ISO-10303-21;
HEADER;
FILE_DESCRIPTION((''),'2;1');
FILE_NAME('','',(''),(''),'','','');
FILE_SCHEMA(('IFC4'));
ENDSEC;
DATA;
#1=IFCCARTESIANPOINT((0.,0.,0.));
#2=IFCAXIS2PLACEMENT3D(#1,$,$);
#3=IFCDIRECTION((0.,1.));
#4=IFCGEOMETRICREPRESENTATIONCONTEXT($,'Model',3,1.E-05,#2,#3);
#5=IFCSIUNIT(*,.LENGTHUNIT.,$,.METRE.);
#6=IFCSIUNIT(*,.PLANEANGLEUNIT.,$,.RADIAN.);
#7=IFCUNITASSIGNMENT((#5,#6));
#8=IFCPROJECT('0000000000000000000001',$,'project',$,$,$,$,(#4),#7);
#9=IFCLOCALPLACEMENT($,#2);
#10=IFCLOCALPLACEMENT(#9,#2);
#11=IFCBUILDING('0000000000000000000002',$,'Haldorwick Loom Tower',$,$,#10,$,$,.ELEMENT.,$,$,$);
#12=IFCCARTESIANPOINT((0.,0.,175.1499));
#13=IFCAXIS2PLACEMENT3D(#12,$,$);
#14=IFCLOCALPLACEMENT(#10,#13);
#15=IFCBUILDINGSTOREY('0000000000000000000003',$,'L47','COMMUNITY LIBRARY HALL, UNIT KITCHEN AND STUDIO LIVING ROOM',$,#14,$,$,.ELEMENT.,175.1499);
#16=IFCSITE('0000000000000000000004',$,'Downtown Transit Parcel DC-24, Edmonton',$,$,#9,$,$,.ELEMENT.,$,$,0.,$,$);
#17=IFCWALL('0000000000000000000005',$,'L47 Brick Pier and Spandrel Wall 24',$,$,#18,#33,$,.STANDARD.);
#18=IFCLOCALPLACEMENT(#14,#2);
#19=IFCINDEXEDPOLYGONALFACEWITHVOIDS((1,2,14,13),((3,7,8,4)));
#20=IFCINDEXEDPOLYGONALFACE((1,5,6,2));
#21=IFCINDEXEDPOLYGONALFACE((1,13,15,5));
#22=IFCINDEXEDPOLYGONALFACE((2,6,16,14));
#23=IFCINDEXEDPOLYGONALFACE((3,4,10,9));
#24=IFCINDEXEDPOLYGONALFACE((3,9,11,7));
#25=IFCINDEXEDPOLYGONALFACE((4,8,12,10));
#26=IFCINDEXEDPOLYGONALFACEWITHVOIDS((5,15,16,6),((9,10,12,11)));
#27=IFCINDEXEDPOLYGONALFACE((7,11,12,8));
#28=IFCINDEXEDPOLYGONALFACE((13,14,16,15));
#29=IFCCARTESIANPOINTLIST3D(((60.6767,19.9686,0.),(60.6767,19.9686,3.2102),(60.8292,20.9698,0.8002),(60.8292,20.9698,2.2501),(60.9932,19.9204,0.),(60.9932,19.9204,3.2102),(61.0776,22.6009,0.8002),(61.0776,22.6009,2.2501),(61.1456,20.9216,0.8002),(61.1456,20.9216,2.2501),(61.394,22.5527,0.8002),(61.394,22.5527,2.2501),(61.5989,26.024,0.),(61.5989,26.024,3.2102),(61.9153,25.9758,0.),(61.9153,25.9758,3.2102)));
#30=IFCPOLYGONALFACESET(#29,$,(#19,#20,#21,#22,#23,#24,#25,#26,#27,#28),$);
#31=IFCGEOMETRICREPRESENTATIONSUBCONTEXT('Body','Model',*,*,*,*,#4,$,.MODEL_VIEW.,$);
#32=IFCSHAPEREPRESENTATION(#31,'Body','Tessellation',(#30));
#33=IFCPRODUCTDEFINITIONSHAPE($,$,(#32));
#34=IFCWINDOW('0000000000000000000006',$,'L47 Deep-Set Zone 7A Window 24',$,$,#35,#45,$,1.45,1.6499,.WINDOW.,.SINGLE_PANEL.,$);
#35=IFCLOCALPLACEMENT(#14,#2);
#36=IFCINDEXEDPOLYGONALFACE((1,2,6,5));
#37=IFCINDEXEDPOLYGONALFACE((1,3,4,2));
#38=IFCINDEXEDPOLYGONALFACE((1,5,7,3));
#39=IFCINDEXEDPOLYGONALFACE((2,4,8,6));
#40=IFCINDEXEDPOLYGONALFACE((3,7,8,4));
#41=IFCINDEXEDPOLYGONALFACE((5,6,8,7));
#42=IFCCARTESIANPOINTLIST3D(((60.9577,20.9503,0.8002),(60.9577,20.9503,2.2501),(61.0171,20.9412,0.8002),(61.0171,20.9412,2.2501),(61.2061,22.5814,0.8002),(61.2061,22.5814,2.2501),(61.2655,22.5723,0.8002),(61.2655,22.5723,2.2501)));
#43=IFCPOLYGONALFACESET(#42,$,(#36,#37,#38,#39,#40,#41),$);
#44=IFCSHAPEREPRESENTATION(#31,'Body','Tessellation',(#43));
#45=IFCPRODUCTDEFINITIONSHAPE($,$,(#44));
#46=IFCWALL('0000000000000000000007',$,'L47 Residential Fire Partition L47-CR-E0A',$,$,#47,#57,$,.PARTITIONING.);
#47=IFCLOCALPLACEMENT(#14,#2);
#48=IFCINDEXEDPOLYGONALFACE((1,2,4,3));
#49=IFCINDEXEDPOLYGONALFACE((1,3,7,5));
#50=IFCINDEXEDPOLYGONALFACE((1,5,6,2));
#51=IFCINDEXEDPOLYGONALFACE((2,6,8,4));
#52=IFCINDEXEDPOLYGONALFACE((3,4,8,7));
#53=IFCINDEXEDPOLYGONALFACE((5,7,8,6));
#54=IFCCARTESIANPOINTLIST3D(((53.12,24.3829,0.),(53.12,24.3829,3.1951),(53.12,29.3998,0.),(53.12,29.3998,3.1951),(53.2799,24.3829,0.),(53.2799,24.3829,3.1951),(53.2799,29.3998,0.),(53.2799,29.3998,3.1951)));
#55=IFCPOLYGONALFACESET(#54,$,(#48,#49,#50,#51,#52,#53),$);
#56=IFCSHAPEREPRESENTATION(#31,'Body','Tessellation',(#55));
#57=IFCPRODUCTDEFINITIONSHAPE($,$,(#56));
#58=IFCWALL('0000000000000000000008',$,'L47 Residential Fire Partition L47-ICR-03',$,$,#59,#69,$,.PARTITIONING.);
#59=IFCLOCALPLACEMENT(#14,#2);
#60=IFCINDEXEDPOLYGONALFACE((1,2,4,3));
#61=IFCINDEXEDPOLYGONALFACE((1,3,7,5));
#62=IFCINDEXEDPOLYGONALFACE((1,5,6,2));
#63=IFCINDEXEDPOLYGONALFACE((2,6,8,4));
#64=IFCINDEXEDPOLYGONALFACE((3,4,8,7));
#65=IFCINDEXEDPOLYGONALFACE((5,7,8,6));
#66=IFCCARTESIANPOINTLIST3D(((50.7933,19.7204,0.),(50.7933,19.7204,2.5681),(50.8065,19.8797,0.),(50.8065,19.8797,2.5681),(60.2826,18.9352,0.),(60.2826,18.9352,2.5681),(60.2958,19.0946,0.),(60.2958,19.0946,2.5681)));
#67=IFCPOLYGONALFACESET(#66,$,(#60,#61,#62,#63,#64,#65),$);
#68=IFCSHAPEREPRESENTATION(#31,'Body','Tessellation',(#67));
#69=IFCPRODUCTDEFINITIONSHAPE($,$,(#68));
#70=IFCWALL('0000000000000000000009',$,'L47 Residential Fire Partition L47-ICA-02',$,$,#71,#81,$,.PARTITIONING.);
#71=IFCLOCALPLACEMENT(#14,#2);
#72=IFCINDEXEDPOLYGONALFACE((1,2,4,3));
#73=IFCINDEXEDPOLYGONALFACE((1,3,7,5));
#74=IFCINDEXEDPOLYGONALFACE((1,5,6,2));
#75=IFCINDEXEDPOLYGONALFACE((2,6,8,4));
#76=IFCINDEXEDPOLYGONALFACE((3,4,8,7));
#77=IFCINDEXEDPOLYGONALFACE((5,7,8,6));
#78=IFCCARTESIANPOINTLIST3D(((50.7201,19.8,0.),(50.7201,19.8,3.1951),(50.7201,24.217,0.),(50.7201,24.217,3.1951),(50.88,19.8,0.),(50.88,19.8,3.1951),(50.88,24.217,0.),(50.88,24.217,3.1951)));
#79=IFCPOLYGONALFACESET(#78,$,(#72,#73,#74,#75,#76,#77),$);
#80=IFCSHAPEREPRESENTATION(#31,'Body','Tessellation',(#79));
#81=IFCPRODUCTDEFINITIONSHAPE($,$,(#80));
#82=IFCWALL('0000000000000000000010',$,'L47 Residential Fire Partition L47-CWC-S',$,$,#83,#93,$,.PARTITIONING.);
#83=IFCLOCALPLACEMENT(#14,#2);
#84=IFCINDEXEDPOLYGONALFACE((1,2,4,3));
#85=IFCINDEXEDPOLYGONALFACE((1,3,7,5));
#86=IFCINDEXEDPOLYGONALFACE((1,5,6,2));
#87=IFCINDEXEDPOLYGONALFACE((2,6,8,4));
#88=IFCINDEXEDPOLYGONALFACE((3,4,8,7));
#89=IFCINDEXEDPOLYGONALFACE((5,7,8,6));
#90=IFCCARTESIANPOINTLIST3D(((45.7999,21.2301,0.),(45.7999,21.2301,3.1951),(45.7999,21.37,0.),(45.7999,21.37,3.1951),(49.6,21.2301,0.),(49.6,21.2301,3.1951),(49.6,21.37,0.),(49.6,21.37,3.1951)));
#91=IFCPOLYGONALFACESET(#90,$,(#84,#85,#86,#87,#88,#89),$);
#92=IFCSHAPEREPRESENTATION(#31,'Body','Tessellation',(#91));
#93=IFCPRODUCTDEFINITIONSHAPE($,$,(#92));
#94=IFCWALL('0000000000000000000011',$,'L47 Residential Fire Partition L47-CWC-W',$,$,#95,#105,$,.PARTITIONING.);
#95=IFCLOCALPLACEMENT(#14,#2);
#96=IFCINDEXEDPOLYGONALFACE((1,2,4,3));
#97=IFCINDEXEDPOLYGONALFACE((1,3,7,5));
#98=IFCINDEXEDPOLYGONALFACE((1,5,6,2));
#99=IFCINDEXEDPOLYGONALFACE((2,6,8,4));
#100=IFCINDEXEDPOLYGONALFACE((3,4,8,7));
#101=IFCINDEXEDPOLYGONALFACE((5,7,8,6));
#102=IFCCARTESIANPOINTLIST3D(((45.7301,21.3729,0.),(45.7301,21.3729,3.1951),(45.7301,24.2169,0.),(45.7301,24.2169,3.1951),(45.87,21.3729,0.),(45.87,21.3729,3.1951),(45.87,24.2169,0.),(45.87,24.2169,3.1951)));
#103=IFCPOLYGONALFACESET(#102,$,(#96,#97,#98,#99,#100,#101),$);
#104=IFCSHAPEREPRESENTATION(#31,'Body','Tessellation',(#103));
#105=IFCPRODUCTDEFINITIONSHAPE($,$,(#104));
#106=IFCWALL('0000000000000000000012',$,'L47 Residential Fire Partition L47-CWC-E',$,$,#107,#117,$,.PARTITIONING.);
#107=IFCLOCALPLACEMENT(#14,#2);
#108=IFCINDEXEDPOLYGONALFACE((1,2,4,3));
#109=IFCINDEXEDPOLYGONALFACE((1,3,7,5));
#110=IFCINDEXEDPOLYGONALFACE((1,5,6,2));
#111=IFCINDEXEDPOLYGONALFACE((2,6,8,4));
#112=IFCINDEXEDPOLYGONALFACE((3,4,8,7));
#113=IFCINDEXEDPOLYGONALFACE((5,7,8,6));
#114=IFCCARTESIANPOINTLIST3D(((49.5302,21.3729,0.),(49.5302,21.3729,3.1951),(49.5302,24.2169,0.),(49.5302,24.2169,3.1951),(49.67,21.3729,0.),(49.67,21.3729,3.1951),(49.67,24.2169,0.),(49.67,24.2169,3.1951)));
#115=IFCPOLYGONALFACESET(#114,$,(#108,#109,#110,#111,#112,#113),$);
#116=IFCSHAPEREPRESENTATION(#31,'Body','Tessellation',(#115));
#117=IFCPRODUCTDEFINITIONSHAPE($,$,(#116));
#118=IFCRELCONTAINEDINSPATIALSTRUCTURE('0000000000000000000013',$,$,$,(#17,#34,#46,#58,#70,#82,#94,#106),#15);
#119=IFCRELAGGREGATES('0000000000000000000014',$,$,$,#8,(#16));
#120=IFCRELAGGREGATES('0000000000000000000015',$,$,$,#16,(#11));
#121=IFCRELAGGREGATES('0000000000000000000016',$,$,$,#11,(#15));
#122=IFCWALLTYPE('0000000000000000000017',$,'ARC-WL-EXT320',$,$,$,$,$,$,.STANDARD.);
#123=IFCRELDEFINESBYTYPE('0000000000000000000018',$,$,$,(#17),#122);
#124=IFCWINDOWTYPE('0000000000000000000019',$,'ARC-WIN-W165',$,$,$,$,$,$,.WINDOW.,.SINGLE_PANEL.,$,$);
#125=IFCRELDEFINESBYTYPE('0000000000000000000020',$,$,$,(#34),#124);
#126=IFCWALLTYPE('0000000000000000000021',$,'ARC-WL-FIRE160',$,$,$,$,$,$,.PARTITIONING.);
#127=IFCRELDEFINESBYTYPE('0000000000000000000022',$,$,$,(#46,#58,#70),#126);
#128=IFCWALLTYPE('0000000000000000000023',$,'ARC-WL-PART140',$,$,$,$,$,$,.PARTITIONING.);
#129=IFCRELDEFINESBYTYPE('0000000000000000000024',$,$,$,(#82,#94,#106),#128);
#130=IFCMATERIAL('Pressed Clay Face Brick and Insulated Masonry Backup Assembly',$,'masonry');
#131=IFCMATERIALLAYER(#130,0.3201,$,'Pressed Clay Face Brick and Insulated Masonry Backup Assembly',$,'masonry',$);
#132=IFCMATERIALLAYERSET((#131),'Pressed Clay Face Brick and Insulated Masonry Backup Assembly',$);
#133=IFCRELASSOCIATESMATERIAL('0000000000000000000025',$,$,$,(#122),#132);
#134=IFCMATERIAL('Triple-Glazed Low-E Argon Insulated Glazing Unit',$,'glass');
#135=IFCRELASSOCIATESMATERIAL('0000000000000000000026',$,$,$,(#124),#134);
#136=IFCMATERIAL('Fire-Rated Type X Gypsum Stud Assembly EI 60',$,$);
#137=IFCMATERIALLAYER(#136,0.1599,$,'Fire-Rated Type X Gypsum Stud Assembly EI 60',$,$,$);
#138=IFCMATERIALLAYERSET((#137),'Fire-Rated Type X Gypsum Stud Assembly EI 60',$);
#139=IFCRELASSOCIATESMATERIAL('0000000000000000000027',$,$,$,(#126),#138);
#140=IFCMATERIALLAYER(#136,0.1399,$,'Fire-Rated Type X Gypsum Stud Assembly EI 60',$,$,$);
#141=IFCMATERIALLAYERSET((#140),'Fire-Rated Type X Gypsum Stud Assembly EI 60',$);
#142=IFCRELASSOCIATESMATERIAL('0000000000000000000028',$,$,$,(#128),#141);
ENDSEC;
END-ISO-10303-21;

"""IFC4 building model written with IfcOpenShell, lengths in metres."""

from ifc_helpers import new_model, si_unit, direction, frame, frame_2d, origin, place, context, subcontext, project, spatial, rectangle, extrude, material, layer, layer_set, type_object, element, fill, save


model = new_model("IFC4")

# Units and contexts
model_context = context("Model", 3, precision=1e-05, world=origin(), true_north=direction((0.0, 1.0)))
body_context = subcontext(model_context, "Body", "Model", "MODEL_VIEW")
ifc_project = project(units=[si_unit("LENGTHUNIT", "METRE"), si_unit("PLANEANGLEUNIT", "RADIAN")], contexts=[model_context])

# Site, building, storey
site_placement = place(None, origin())
site = spatial("IfcSite", under=ifc_project, at=site_placement, Name="Downtown Transit Parcel DC-24, Edmonton", CompositionType="ELEMENT", RefElevation=0.0)
building_placement = place(site_placement, origin())
building = spatial("IfcBuilding", under=site, at=building_placement, Name="Haldorwick Loom Tower", CompositionType="ELEMENT")
storey_placement = place(building_placement, frame((0.0, 0.0, 175.1499)))
storey = spatial("IfcBuildingStorey", under=building, at=storey_placement, Name="L47", Description="COMMUNITY LIBRARY HALL, UNIT KITCHEN AND STUDIO LIVING ROOM", CompositionType="ELEMENT", Elevation=175.1499)

# Shared definitions
ifc_material_1 = material(Name="Pressed Clay Face Brick and Insulated Masonry Backup Assembly", Category="masonry")
ifc_layer_1 = layer(ifc_material_1, 0.3201, Name="Pressed Clay Face Brick and Insulated Masonry Backup Assembly", Category="masonry")
ifc_layer_set_1 = layer_set([ifc_layer_1], Name="Pressed Clay Face Brick and Insulated Masonry Backup Assembly")
wall_type_1 = type_object("IfcWallType", Name="ARC-WL-EXT320", PredefinedType="STANDARD", material=ifc_layer_set_1)
ifc_material_2 = material(Name="Triple-Glazed Low-E Argon Insulated Glazing Unit", Category="glass")
window_type = type_object("IfcWindowType", Name="ARC-WIN-W165", PartitioningType="SINGLE_PANEL", PredefinedType="WINDOW", material=ifc_material_2)

# Wall, opening, window
wall_1_placement = place(storey_placement, frame((60.835, 19.9446, 0.0), z_axis=(0.0, 0.0, 1.0), x_axis=(0.150544, 0.988603, 0.0)))
wall_1 = element("IfcWall", 1, at=wall_1_placement, inside=storey, type_object=wall_type_1, Name="L47 Brick Pier and Spandrel Wall 24", PredefinedType="STANDARD", context=body_context, shape_type="SweptSolid", body=[
    extrude(rectangle(XDim=6.1252, YDim=0.3201, at=frame_2d((3.0625, 0.0))), origin(), (0.0, 0.0, 1.0), 3.2102),
])
opening_1_placement = place(wall_1_placement, frame((1.0127, 0.0, 0.8)))
opening_1 = element("IfcOpeningElement", 2, at=opening_1_placement, cuts=wall_1, PredefinedType="OPENING", context=body_context, shape_type="SweptSolid", body=[
    extrude(rectangle(XDim=1.6499, YDim=1.45, at=frame_2d((0.825, 0.7251))), frame((0.0, 0.1699, 0.0), z_axis=(0.0, -1.0, 0.0), x_axis=(1.0, 0.0, 0.0)), (0.0, 0.0, 1.0), 0.3401),
])
window_1_placement = place(opening_1_placement, origin())
window_1 = element("IfcWindow", 3, at=window_1_placement, inside=storey, type_object=window_type, Name="L47 Deep-Set Zone 7A Window 24", OverallHeight=1.45, OverallWidth=1.6499, PartitioningType="SINGLE_PANEL", PredefinedType="WINDOW", context=body_context, shape_type="SweptSolid", body=[
    extrude(rectangle(XDim=1.6499, YDim=1.45, at=frame_2d((0.825, 0.7251))), frame((0.0, 0.03, 0.0), z_axis=(0.0, -1.0, 0.0), x_axis=(1.0, 0.0, 0.0)), (0.0, 0.0, 1.0), 0.0601),
])
fill(opening_1, window_1)

# Walls
ifc_material_3 = material(Name="Fire-Rated Type X Gypsum Stud Assembly EI 60")
ifc_layer_2 = layer(ifc_material_3, 0.1599, Name="Fire-Rated Type X Gypsum Stud Assembly EI 60")
ifc_layer_set_2 = layer_set([ifc_layer_2], Name="Fire-Rated Type X Gypsum Stud Assembly EI 60")
wall_type_2 = type_object("IfcWallType", Name="ARC-WL-FIRE160", PredefinedType="PARTITIONING", material=ifc_layer_set_2)
wall_2_placement = place(storey_placement, frame((53.2, 24.3831, 0.0), z_axis=(0.0, 0.0, 1.0), x_axis=(0.0, 1.0, 0.0)))
element("IfcWall", 4, at=wall_2_placement, inside=storey, type_object=wall_type_2, Name="L47 Residential Fire Partition L47-CR-E0A", PredefinedType="PARTITIONING", context=body_context, shape_type="SweptSolid", body=[
    extrude(rectangle(XDim=5.0168, YDim=0.1599, at=frame_2d((2.5083, 0.0))), origin(), (0.0, 0.0, 1.0), 3.1951),
])
wall_3_placement = place(storey_placement, frame((50.8, 19.8, 0.0), z_axis=(0.0, 0.0, 1.0), x_axis=(0.996594, -0.08246, 0.0)))
element("IfcWall", 5, at=wall_3_placement, inside=storey, type_object=wall_type_2, Name="L47 Residential Fire Partition L47-ICR-03", PredefinedType="PARTITIONING", context=body_context, shape_type="SweptSolid", body=[
    extrude(rectangle(XDim=9.5217, YDim=0.1599, at=frame_2d((4.7607, 0.0))), origin(), (0.0, 0.0, 1.0), 2.5681),
])
wall_4_placement = place(storey_placement, frame((50.8, 24.217, 0.0), z_axis=(0.0, 0.0, 1.0), x_axis=(0.0, -1.0, 0.0)))
element("IfcWall", 6, at=wall_4_placement, inside=storey, type_object=wall_type_2, Name="L47 Residential Fire Partition L47-ICA-02", PredefinedType="PARTITIONING", context=body_context, shape_type="SweptSolid", body=[
    extrude(rectangle(XDim=4.417, YDim=0.1599, at=frame_2d((2.2085, 0.0))), origin(), (0.0, 0.0, 1.0), 3.1951),
])
ifc_layer_3 = layer(ifc_material_3, 0.1399, Name="Fire-Rated Type X Gypsum Stud Assembly EI 60")
ifc_layer_set_3 = layer_set([ifc_layer_3], Name="Fire-Rated Type X Gypsum Stud Assembly EI 60")
wall_type_3 = type_object("IfcWallType", Name="ARC-WL-PART140", PredefinedType="PARTITIONING", material=ifc_layer_set_3)
wall_5_placement = place(storey_placement, frame((45.8, 21.3, 0.0), z_axis=(0.0, 0.0, 1.0), x_axis=(1.0, 0.0, 0.0)))
element("IfcWall", 7, at=wall_5_placement, inside=storey, type_object=wall_type_3, Name="L47 Residential Fire Partition L47-CWC-S", PredefinedType="PARTITIONING", context=body_context, shape_type="SweptSolid", body=[
    extrude(rectangle(XDim=3.8, YDim=0.1399, at=frame_2d((1.8999, 0.0))), origin(), (0.0, 0.0, 1.0), 3.1951),
])
for number, where, z_axis, x_axis, name in (
    (8, (45.8, 21.373, 0.0), (0.0, 0.0, 1.0), (0.0, 1.0, 0.0), "L47 Residential Fire Partition L47-CWC-W"),
    (9, (49.6001, 21.373, 0.0), (0.0, 0.0, 1.0), (0.0, 1.0, 0.0), "L47 Residential Fire Partition L47-CWC-E"),
):
    element("IfcWall", number, at=place(storey_placement, frame(where, z_axis=z_axis, x_axis=x_axis)), inside=storey, type_object=wall_type_3, Name=name, PredefinedType="PARTITIONING", context=body_context, shape_type="SweptSolid", body=[
        extrude(rectangle(XDim=2.844, YDim=0.1399, at=frame_2d((1.4219, 0.0))), origin(), (0.0, 0.0, 1.0), 3.1951),
    ])

save(model, "model.ifc")
